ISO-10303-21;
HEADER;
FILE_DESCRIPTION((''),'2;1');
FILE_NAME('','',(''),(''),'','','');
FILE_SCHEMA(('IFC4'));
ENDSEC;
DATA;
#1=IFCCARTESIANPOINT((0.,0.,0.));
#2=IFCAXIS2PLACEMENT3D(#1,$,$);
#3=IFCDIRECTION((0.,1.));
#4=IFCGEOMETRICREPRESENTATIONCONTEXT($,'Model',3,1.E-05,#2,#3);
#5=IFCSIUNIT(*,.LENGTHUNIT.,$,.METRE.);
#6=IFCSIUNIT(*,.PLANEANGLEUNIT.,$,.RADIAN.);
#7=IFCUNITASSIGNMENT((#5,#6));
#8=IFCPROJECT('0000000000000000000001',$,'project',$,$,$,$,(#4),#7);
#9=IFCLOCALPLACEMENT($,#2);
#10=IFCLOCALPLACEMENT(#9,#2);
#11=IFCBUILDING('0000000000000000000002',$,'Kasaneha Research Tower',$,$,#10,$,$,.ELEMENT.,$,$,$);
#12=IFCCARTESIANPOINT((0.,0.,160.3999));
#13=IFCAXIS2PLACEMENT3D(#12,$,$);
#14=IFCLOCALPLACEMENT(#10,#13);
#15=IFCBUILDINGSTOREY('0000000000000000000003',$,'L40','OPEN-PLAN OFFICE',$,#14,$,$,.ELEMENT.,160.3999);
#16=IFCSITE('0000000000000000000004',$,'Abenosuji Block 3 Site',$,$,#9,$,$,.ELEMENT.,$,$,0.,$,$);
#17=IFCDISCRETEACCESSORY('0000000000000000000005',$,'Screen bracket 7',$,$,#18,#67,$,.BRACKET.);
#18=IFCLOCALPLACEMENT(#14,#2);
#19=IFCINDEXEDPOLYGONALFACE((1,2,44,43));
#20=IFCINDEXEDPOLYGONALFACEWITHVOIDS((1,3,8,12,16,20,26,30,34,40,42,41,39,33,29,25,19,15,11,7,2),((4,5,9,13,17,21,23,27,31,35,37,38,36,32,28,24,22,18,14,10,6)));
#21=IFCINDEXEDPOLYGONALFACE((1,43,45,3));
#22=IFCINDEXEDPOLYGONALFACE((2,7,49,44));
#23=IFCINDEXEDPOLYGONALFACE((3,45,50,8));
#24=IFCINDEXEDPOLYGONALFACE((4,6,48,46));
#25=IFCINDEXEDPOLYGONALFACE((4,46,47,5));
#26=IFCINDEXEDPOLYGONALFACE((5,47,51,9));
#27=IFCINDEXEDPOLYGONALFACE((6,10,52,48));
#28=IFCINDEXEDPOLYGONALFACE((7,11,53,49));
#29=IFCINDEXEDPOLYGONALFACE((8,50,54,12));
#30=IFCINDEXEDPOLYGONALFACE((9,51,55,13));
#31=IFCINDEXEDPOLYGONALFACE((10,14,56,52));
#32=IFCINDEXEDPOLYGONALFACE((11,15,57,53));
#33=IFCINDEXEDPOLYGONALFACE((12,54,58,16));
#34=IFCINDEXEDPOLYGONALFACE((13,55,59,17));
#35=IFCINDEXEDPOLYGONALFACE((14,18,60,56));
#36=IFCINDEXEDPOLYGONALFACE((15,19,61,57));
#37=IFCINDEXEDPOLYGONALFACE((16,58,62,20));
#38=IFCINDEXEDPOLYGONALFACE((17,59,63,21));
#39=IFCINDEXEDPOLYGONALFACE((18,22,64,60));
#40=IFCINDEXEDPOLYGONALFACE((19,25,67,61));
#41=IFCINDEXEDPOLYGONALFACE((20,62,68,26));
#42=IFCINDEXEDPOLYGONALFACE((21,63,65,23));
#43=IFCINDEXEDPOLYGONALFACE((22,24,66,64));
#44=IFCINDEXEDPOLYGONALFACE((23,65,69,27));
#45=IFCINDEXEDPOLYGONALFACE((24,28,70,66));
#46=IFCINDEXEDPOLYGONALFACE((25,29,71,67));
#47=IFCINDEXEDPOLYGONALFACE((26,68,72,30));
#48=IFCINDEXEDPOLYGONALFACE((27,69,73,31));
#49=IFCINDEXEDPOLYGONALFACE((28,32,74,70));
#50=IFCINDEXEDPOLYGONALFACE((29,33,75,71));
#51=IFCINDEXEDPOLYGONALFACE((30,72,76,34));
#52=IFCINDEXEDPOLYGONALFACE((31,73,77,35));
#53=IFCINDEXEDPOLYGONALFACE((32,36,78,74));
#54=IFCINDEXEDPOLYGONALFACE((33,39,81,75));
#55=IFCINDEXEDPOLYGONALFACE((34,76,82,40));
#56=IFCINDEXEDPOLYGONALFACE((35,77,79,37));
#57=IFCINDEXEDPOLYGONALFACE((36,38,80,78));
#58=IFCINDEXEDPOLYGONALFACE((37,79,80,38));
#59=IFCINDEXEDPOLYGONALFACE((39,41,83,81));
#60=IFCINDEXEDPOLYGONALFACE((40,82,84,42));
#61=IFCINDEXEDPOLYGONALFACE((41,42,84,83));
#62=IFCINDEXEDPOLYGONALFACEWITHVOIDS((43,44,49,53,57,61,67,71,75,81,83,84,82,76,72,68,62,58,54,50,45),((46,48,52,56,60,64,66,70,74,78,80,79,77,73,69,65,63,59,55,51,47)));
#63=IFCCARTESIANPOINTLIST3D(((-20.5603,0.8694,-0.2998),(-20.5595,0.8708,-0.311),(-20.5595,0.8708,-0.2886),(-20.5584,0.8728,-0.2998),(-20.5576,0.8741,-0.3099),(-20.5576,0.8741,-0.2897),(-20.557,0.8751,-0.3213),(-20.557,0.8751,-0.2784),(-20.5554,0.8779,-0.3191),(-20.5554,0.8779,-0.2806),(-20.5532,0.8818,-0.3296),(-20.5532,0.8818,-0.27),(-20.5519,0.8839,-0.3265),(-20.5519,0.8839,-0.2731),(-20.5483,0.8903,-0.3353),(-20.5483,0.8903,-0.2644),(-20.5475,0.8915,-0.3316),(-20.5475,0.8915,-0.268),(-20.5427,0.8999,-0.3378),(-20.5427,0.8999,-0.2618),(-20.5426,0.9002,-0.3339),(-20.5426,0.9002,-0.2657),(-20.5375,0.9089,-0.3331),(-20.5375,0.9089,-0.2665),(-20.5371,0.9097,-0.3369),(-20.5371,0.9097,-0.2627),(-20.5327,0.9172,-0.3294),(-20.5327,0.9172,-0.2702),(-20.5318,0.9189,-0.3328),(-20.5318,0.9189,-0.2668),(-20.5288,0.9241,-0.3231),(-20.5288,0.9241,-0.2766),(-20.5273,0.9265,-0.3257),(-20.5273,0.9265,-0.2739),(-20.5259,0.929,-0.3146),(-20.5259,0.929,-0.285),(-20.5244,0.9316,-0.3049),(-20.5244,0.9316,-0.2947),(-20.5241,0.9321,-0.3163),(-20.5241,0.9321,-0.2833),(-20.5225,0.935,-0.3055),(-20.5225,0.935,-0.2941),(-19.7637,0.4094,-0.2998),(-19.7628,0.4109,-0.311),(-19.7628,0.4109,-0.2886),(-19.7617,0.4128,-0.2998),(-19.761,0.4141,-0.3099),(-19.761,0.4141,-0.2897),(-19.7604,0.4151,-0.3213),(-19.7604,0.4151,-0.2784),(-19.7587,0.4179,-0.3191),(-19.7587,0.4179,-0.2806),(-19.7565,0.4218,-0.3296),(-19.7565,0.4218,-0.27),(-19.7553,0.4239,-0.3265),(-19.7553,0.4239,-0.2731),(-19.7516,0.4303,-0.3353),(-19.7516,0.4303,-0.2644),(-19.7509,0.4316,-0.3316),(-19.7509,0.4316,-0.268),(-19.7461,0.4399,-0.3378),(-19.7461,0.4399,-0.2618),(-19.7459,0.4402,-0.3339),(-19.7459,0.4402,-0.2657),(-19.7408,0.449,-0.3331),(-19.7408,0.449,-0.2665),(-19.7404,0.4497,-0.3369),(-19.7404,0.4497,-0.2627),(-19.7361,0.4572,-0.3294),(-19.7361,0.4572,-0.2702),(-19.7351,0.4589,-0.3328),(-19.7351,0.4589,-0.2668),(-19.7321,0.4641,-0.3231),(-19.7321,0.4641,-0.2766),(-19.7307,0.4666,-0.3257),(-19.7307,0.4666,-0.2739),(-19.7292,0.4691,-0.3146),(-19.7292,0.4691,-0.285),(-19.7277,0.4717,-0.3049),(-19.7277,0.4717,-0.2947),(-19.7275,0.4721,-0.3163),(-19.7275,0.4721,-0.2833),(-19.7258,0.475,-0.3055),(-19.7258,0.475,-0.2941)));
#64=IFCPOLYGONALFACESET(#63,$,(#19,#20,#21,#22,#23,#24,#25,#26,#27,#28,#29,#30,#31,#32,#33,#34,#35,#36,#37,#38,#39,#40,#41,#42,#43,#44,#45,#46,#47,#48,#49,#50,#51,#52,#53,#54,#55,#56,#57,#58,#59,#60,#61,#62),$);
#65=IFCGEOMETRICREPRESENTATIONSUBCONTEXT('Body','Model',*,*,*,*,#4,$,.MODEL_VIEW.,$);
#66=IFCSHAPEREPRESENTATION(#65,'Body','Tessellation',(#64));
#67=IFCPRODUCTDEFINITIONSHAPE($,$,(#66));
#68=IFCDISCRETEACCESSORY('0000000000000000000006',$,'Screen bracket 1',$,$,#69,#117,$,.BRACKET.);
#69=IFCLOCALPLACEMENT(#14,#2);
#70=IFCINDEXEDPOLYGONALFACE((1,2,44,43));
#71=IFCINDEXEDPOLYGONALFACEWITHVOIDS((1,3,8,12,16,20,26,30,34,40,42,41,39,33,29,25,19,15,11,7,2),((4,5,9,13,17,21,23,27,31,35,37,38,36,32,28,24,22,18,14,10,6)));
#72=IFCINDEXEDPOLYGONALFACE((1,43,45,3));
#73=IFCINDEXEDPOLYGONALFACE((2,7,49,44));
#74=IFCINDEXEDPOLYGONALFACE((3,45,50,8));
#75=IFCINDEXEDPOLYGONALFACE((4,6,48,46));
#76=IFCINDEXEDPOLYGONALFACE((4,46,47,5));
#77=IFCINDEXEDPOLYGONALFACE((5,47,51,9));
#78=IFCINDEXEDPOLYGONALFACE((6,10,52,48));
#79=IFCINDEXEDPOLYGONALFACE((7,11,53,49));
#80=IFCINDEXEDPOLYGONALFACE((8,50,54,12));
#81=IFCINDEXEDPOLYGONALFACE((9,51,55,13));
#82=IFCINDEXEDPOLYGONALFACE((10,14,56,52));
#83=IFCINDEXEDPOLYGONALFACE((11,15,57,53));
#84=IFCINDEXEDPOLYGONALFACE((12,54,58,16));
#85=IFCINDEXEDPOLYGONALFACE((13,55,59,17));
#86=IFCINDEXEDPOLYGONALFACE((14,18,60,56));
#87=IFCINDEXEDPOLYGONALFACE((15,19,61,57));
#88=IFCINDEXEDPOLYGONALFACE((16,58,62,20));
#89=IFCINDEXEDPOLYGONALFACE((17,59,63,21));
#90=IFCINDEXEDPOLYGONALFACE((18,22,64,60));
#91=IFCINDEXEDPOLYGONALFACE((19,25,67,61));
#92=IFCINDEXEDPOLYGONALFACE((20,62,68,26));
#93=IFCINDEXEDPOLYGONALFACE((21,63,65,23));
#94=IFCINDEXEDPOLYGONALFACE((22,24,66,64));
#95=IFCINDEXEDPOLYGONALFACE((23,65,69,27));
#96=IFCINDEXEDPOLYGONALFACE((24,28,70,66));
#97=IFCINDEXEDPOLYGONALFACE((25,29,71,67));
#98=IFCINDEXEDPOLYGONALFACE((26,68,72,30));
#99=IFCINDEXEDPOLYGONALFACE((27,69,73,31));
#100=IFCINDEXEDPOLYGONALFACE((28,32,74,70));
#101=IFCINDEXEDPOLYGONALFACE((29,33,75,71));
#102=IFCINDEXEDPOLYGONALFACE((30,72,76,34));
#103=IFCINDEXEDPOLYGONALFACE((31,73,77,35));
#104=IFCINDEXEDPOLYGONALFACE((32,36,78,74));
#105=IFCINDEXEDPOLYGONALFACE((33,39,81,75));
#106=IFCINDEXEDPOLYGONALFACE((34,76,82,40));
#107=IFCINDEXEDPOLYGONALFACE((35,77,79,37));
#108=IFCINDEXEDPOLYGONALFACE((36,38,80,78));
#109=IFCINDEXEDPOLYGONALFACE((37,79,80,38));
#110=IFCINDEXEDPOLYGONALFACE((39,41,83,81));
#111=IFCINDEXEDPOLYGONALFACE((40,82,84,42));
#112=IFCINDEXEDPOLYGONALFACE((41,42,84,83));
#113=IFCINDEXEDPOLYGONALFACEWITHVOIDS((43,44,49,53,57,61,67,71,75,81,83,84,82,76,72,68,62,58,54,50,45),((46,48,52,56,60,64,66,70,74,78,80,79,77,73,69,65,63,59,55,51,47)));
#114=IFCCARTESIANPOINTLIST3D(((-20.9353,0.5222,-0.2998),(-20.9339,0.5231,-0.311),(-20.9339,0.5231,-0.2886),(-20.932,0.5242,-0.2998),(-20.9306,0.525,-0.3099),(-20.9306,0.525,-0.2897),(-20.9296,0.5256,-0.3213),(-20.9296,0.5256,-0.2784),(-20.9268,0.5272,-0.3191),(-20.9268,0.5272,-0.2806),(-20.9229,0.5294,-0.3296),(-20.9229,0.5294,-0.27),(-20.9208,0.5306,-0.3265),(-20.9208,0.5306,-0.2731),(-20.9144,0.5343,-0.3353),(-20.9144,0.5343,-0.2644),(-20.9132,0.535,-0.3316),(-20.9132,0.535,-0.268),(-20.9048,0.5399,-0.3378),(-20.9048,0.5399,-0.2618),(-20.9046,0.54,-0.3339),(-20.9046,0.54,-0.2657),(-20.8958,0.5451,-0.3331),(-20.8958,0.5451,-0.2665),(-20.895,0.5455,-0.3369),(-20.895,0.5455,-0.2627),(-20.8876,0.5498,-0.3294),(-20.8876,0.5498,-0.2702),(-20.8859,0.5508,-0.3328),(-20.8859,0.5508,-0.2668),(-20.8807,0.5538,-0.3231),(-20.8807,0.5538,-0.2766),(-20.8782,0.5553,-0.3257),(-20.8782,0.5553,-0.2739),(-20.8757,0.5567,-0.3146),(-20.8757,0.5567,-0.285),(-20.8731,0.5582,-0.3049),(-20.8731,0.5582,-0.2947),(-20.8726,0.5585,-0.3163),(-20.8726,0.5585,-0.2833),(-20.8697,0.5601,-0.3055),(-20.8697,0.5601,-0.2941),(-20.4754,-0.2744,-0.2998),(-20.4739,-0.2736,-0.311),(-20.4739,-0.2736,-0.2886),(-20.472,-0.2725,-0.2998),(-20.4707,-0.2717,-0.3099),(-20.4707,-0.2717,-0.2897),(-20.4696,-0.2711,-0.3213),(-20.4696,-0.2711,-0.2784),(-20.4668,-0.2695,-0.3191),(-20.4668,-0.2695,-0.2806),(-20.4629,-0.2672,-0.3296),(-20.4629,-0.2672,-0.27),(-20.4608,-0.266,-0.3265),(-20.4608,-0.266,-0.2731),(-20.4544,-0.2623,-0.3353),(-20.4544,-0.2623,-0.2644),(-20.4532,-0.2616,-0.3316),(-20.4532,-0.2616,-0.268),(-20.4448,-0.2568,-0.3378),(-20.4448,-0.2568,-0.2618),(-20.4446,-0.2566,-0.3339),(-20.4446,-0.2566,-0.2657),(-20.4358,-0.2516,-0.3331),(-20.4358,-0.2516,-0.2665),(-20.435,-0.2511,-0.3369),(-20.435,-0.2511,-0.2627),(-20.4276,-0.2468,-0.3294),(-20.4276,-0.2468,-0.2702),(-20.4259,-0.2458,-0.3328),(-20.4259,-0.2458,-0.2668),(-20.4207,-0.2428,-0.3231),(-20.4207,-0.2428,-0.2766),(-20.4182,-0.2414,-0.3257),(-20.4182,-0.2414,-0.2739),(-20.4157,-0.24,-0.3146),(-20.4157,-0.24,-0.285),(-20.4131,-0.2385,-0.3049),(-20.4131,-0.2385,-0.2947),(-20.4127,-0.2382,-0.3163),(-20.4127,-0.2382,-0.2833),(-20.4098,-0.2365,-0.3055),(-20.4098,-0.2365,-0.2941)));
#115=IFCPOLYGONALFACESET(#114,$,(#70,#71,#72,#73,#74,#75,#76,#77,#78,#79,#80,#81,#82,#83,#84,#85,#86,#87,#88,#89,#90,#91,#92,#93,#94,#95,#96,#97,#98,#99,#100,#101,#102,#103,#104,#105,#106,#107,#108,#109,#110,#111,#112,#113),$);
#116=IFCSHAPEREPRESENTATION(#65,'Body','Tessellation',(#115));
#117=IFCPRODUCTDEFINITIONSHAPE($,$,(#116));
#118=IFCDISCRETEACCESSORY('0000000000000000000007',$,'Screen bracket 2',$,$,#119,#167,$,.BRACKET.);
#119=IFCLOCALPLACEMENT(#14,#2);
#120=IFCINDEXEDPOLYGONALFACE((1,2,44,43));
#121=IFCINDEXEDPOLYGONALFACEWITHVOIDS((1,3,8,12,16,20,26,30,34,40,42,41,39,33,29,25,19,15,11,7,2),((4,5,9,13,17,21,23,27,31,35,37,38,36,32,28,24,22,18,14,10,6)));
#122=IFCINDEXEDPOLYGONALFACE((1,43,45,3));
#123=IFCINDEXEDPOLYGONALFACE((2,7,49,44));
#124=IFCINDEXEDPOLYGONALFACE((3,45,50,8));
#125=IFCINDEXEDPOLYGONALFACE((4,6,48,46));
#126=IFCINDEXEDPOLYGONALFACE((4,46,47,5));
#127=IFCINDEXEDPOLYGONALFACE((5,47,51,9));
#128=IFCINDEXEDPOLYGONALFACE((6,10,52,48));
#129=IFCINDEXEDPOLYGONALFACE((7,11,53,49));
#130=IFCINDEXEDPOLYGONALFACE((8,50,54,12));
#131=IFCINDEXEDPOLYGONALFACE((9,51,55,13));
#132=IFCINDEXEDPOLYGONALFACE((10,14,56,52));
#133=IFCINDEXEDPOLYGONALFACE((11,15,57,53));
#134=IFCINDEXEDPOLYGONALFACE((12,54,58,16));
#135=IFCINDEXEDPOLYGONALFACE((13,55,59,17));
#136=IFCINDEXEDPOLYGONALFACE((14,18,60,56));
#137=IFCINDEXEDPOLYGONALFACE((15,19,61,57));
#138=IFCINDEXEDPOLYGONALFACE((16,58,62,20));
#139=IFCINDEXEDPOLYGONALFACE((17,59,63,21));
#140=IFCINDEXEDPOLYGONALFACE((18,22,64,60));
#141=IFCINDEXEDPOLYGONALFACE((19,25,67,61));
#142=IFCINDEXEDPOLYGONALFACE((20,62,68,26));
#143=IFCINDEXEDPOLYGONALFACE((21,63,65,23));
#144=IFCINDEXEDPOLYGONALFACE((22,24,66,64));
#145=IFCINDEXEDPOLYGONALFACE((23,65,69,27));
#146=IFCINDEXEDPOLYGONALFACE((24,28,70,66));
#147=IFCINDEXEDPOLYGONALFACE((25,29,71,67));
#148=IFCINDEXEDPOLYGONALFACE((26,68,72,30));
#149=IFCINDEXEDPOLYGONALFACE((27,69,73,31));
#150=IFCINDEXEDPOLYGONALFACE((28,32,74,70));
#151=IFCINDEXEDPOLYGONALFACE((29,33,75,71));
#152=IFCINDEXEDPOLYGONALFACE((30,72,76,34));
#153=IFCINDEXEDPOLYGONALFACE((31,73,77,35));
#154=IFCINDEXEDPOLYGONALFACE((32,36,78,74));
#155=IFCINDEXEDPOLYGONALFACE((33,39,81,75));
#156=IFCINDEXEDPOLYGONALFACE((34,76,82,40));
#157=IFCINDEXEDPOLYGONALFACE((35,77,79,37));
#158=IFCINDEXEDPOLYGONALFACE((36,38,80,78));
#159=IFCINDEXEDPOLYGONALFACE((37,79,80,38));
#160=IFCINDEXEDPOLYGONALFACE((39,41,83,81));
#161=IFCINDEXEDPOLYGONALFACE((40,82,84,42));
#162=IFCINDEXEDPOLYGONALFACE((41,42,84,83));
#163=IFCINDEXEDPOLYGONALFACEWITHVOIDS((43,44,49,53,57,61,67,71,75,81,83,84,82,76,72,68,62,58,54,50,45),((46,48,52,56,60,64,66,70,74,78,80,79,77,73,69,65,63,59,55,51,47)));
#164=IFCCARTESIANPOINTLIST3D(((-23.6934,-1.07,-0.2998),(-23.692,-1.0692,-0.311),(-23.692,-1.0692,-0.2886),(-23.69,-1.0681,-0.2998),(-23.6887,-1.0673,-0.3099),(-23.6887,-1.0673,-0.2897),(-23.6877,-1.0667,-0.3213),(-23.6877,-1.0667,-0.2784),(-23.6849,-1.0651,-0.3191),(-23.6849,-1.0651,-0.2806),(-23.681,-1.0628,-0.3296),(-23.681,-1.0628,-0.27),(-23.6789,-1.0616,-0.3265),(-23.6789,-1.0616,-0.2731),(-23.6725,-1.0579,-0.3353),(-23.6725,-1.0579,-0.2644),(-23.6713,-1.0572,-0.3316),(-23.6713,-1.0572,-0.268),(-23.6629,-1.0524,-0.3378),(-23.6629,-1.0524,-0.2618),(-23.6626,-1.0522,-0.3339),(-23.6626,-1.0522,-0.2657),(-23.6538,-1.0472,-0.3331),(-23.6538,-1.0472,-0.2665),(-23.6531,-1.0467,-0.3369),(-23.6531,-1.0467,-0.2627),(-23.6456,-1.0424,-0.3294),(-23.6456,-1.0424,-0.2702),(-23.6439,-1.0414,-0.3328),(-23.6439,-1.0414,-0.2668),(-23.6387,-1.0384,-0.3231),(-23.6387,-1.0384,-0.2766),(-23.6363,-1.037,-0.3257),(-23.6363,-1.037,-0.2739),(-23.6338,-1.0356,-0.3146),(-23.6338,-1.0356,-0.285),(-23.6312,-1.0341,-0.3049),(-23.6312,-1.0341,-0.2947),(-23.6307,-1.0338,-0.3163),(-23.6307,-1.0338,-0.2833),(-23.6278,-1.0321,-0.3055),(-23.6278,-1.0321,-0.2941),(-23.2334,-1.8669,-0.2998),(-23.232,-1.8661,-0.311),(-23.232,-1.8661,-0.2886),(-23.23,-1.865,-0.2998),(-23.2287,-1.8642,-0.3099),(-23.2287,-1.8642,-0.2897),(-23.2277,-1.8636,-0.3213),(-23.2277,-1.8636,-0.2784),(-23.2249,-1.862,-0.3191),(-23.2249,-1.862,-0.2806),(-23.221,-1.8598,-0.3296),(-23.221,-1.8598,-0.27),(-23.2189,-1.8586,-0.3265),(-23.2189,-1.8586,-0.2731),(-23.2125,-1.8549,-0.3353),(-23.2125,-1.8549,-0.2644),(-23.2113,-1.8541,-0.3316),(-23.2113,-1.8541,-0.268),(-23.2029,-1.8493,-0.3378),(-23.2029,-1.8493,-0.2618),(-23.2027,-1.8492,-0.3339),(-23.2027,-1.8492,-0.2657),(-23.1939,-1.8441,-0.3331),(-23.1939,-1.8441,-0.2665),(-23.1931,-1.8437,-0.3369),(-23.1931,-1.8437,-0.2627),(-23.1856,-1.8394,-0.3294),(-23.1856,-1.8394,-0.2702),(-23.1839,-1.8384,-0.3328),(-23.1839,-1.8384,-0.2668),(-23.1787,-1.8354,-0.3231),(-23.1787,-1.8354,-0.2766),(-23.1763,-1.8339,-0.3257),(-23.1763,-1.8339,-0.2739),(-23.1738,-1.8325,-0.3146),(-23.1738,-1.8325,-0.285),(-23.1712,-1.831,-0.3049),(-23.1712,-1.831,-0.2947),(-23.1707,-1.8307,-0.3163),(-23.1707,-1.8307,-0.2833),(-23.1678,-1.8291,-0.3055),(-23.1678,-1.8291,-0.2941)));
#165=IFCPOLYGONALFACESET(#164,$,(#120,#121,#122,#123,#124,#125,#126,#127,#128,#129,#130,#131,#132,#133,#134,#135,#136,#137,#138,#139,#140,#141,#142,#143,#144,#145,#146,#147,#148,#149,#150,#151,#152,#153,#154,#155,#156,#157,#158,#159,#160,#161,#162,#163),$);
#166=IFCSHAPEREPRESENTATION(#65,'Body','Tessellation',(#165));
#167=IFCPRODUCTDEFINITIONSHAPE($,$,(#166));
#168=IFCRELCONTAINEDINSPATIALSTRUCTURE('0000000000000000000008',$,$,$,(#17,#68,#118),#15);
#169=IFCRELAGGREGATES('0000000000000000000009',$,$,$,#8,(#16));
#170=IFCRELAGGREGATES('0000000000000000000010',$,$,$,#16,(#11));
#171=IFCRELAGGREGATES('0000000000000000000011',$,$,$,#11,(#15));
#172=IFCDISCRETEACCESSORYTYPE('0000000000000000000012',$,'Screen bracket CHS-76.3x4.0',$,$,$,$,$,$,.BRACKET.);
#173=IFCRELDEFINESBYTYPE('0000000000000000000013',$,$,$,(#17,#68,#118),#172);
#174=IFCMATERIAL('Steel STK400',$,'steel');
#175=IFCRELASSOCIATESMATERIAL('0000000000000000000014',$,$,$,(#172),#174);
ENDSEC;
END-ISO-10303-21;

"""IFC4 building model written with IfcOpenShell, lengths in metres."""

from ifc_helpers import new_model, si_unit, direction, frame, origin, origin_2d, place, context, subcontext, project, spatial, hollow_circle, extrude, material, material_profile, profile_set, type_object, element, save


model = new_model("IFC4")

# Units and contexts
model_context = context("Model", 3, precision=1e-05, world=origin(), true_north=direction((0.0, 1.0)))
body_context = subcontext(model_context, "Body", "Model", "MODEL_VIEW")
ifc_project = project(units=[si_unit("LENGTHUNIT", "METRE"), si_unit("PLANEANGLEUNIT", "RADIAN")], contexts=[model_context])

# Site, building, storey
site_placement = place(None, origin())
site = spatial("IfcSite", under=ifc_project, at=site_placement, Name="Abenosuji Block 3 Site", CompositionType="ELEMENT", RefElevation=0.0)
building_placement = place(site_placement, origin())
building = spatial("IfcBuilding", under=site, at=building_placement, Name="Kasaneha Research Tower", CompositionType="ELEMENT")
storey_placement = place(building_placement, frame((0.0, 0.0, 160.3999)))
storey = spatial("IfcBuildingStorey", under=building, at=storey_placement, Name="L40", Description="OPEN-PLAN OFFICE", CompositionType="ELEMENT", Elevation=160.3999)

# Discrete accessories
ifc_material_1 = material(Name="Steel STK400", Category="steel")
ifc_material_profile_1 = material_profile(ifc_material_1, hollow_circle(Radius=0.0381, WallThickness=0.0039, at=origin_2d()), Name="CHS-76.3x4.0")
ifc_profile_set_1 = profile_set([ifc_material_profile_1], Name="Steel STK400")
discrete_accessory_type = type_object("IfcDiscreteAccessoryType", Name="Screen bracket CHS-76.3x4.0", PredefinedType="BRACKET", material=ifc_profile_set_1)
for number, where, z_axis, x_axis, name in (
    (1, (-19.7446, 0.4424, -0.2998), (-0.866013, 0.500021, 0.0), (-0.500021, -0.866013, 0.0), "Screen bracket 7"),
    (2, (-20.4424, -0.2554, -0.2998), (-0.500021, 0.866013, 0.0), (-0.866013, -0.500021, 0.0), "Screen bracket 1"),
):
    element("IfcDiscreteAccessory", number, at=place(storey_placement, frame(where, z_axis=z_axis, x_axis=x_axis)), inside=storey, type_object=discrete_accessory_type, Name=name, PredefinedType="BRACKET", context=body_context, shape_type="SweptSolid", body=[
        extrude(hollow_circle(Radius=0.0381, WallThickness=0.0039, at=origin_2d()), origin(), (0.0, 0.0, 1.0), 0.9199),
    ])
discrete_accessory_placement = place(storey_placement, frame((-23.2004, -1.8479, -0.2998), z_axis=(-0.499906, 0.86608, 0.0), x_axis=(-0.86608, -0.499906, 0.0)))
element("IfcDiscreteAccessory", 3, at=discrete_accessory_placement, inside=storey, type_object=discrete_accessory_type, Name="Screen bracket 2", PredefinedType="BRACKET", context=body_context, shape_type="SweptSolid", body=[
    extrude(hollow_circle(Radius=0.0381, WallThickness=0.0039, at=origin_2d()), origin(), (0.0, 0.0, 1.0), 0.9202),
])

save(model, "model.ifc")
